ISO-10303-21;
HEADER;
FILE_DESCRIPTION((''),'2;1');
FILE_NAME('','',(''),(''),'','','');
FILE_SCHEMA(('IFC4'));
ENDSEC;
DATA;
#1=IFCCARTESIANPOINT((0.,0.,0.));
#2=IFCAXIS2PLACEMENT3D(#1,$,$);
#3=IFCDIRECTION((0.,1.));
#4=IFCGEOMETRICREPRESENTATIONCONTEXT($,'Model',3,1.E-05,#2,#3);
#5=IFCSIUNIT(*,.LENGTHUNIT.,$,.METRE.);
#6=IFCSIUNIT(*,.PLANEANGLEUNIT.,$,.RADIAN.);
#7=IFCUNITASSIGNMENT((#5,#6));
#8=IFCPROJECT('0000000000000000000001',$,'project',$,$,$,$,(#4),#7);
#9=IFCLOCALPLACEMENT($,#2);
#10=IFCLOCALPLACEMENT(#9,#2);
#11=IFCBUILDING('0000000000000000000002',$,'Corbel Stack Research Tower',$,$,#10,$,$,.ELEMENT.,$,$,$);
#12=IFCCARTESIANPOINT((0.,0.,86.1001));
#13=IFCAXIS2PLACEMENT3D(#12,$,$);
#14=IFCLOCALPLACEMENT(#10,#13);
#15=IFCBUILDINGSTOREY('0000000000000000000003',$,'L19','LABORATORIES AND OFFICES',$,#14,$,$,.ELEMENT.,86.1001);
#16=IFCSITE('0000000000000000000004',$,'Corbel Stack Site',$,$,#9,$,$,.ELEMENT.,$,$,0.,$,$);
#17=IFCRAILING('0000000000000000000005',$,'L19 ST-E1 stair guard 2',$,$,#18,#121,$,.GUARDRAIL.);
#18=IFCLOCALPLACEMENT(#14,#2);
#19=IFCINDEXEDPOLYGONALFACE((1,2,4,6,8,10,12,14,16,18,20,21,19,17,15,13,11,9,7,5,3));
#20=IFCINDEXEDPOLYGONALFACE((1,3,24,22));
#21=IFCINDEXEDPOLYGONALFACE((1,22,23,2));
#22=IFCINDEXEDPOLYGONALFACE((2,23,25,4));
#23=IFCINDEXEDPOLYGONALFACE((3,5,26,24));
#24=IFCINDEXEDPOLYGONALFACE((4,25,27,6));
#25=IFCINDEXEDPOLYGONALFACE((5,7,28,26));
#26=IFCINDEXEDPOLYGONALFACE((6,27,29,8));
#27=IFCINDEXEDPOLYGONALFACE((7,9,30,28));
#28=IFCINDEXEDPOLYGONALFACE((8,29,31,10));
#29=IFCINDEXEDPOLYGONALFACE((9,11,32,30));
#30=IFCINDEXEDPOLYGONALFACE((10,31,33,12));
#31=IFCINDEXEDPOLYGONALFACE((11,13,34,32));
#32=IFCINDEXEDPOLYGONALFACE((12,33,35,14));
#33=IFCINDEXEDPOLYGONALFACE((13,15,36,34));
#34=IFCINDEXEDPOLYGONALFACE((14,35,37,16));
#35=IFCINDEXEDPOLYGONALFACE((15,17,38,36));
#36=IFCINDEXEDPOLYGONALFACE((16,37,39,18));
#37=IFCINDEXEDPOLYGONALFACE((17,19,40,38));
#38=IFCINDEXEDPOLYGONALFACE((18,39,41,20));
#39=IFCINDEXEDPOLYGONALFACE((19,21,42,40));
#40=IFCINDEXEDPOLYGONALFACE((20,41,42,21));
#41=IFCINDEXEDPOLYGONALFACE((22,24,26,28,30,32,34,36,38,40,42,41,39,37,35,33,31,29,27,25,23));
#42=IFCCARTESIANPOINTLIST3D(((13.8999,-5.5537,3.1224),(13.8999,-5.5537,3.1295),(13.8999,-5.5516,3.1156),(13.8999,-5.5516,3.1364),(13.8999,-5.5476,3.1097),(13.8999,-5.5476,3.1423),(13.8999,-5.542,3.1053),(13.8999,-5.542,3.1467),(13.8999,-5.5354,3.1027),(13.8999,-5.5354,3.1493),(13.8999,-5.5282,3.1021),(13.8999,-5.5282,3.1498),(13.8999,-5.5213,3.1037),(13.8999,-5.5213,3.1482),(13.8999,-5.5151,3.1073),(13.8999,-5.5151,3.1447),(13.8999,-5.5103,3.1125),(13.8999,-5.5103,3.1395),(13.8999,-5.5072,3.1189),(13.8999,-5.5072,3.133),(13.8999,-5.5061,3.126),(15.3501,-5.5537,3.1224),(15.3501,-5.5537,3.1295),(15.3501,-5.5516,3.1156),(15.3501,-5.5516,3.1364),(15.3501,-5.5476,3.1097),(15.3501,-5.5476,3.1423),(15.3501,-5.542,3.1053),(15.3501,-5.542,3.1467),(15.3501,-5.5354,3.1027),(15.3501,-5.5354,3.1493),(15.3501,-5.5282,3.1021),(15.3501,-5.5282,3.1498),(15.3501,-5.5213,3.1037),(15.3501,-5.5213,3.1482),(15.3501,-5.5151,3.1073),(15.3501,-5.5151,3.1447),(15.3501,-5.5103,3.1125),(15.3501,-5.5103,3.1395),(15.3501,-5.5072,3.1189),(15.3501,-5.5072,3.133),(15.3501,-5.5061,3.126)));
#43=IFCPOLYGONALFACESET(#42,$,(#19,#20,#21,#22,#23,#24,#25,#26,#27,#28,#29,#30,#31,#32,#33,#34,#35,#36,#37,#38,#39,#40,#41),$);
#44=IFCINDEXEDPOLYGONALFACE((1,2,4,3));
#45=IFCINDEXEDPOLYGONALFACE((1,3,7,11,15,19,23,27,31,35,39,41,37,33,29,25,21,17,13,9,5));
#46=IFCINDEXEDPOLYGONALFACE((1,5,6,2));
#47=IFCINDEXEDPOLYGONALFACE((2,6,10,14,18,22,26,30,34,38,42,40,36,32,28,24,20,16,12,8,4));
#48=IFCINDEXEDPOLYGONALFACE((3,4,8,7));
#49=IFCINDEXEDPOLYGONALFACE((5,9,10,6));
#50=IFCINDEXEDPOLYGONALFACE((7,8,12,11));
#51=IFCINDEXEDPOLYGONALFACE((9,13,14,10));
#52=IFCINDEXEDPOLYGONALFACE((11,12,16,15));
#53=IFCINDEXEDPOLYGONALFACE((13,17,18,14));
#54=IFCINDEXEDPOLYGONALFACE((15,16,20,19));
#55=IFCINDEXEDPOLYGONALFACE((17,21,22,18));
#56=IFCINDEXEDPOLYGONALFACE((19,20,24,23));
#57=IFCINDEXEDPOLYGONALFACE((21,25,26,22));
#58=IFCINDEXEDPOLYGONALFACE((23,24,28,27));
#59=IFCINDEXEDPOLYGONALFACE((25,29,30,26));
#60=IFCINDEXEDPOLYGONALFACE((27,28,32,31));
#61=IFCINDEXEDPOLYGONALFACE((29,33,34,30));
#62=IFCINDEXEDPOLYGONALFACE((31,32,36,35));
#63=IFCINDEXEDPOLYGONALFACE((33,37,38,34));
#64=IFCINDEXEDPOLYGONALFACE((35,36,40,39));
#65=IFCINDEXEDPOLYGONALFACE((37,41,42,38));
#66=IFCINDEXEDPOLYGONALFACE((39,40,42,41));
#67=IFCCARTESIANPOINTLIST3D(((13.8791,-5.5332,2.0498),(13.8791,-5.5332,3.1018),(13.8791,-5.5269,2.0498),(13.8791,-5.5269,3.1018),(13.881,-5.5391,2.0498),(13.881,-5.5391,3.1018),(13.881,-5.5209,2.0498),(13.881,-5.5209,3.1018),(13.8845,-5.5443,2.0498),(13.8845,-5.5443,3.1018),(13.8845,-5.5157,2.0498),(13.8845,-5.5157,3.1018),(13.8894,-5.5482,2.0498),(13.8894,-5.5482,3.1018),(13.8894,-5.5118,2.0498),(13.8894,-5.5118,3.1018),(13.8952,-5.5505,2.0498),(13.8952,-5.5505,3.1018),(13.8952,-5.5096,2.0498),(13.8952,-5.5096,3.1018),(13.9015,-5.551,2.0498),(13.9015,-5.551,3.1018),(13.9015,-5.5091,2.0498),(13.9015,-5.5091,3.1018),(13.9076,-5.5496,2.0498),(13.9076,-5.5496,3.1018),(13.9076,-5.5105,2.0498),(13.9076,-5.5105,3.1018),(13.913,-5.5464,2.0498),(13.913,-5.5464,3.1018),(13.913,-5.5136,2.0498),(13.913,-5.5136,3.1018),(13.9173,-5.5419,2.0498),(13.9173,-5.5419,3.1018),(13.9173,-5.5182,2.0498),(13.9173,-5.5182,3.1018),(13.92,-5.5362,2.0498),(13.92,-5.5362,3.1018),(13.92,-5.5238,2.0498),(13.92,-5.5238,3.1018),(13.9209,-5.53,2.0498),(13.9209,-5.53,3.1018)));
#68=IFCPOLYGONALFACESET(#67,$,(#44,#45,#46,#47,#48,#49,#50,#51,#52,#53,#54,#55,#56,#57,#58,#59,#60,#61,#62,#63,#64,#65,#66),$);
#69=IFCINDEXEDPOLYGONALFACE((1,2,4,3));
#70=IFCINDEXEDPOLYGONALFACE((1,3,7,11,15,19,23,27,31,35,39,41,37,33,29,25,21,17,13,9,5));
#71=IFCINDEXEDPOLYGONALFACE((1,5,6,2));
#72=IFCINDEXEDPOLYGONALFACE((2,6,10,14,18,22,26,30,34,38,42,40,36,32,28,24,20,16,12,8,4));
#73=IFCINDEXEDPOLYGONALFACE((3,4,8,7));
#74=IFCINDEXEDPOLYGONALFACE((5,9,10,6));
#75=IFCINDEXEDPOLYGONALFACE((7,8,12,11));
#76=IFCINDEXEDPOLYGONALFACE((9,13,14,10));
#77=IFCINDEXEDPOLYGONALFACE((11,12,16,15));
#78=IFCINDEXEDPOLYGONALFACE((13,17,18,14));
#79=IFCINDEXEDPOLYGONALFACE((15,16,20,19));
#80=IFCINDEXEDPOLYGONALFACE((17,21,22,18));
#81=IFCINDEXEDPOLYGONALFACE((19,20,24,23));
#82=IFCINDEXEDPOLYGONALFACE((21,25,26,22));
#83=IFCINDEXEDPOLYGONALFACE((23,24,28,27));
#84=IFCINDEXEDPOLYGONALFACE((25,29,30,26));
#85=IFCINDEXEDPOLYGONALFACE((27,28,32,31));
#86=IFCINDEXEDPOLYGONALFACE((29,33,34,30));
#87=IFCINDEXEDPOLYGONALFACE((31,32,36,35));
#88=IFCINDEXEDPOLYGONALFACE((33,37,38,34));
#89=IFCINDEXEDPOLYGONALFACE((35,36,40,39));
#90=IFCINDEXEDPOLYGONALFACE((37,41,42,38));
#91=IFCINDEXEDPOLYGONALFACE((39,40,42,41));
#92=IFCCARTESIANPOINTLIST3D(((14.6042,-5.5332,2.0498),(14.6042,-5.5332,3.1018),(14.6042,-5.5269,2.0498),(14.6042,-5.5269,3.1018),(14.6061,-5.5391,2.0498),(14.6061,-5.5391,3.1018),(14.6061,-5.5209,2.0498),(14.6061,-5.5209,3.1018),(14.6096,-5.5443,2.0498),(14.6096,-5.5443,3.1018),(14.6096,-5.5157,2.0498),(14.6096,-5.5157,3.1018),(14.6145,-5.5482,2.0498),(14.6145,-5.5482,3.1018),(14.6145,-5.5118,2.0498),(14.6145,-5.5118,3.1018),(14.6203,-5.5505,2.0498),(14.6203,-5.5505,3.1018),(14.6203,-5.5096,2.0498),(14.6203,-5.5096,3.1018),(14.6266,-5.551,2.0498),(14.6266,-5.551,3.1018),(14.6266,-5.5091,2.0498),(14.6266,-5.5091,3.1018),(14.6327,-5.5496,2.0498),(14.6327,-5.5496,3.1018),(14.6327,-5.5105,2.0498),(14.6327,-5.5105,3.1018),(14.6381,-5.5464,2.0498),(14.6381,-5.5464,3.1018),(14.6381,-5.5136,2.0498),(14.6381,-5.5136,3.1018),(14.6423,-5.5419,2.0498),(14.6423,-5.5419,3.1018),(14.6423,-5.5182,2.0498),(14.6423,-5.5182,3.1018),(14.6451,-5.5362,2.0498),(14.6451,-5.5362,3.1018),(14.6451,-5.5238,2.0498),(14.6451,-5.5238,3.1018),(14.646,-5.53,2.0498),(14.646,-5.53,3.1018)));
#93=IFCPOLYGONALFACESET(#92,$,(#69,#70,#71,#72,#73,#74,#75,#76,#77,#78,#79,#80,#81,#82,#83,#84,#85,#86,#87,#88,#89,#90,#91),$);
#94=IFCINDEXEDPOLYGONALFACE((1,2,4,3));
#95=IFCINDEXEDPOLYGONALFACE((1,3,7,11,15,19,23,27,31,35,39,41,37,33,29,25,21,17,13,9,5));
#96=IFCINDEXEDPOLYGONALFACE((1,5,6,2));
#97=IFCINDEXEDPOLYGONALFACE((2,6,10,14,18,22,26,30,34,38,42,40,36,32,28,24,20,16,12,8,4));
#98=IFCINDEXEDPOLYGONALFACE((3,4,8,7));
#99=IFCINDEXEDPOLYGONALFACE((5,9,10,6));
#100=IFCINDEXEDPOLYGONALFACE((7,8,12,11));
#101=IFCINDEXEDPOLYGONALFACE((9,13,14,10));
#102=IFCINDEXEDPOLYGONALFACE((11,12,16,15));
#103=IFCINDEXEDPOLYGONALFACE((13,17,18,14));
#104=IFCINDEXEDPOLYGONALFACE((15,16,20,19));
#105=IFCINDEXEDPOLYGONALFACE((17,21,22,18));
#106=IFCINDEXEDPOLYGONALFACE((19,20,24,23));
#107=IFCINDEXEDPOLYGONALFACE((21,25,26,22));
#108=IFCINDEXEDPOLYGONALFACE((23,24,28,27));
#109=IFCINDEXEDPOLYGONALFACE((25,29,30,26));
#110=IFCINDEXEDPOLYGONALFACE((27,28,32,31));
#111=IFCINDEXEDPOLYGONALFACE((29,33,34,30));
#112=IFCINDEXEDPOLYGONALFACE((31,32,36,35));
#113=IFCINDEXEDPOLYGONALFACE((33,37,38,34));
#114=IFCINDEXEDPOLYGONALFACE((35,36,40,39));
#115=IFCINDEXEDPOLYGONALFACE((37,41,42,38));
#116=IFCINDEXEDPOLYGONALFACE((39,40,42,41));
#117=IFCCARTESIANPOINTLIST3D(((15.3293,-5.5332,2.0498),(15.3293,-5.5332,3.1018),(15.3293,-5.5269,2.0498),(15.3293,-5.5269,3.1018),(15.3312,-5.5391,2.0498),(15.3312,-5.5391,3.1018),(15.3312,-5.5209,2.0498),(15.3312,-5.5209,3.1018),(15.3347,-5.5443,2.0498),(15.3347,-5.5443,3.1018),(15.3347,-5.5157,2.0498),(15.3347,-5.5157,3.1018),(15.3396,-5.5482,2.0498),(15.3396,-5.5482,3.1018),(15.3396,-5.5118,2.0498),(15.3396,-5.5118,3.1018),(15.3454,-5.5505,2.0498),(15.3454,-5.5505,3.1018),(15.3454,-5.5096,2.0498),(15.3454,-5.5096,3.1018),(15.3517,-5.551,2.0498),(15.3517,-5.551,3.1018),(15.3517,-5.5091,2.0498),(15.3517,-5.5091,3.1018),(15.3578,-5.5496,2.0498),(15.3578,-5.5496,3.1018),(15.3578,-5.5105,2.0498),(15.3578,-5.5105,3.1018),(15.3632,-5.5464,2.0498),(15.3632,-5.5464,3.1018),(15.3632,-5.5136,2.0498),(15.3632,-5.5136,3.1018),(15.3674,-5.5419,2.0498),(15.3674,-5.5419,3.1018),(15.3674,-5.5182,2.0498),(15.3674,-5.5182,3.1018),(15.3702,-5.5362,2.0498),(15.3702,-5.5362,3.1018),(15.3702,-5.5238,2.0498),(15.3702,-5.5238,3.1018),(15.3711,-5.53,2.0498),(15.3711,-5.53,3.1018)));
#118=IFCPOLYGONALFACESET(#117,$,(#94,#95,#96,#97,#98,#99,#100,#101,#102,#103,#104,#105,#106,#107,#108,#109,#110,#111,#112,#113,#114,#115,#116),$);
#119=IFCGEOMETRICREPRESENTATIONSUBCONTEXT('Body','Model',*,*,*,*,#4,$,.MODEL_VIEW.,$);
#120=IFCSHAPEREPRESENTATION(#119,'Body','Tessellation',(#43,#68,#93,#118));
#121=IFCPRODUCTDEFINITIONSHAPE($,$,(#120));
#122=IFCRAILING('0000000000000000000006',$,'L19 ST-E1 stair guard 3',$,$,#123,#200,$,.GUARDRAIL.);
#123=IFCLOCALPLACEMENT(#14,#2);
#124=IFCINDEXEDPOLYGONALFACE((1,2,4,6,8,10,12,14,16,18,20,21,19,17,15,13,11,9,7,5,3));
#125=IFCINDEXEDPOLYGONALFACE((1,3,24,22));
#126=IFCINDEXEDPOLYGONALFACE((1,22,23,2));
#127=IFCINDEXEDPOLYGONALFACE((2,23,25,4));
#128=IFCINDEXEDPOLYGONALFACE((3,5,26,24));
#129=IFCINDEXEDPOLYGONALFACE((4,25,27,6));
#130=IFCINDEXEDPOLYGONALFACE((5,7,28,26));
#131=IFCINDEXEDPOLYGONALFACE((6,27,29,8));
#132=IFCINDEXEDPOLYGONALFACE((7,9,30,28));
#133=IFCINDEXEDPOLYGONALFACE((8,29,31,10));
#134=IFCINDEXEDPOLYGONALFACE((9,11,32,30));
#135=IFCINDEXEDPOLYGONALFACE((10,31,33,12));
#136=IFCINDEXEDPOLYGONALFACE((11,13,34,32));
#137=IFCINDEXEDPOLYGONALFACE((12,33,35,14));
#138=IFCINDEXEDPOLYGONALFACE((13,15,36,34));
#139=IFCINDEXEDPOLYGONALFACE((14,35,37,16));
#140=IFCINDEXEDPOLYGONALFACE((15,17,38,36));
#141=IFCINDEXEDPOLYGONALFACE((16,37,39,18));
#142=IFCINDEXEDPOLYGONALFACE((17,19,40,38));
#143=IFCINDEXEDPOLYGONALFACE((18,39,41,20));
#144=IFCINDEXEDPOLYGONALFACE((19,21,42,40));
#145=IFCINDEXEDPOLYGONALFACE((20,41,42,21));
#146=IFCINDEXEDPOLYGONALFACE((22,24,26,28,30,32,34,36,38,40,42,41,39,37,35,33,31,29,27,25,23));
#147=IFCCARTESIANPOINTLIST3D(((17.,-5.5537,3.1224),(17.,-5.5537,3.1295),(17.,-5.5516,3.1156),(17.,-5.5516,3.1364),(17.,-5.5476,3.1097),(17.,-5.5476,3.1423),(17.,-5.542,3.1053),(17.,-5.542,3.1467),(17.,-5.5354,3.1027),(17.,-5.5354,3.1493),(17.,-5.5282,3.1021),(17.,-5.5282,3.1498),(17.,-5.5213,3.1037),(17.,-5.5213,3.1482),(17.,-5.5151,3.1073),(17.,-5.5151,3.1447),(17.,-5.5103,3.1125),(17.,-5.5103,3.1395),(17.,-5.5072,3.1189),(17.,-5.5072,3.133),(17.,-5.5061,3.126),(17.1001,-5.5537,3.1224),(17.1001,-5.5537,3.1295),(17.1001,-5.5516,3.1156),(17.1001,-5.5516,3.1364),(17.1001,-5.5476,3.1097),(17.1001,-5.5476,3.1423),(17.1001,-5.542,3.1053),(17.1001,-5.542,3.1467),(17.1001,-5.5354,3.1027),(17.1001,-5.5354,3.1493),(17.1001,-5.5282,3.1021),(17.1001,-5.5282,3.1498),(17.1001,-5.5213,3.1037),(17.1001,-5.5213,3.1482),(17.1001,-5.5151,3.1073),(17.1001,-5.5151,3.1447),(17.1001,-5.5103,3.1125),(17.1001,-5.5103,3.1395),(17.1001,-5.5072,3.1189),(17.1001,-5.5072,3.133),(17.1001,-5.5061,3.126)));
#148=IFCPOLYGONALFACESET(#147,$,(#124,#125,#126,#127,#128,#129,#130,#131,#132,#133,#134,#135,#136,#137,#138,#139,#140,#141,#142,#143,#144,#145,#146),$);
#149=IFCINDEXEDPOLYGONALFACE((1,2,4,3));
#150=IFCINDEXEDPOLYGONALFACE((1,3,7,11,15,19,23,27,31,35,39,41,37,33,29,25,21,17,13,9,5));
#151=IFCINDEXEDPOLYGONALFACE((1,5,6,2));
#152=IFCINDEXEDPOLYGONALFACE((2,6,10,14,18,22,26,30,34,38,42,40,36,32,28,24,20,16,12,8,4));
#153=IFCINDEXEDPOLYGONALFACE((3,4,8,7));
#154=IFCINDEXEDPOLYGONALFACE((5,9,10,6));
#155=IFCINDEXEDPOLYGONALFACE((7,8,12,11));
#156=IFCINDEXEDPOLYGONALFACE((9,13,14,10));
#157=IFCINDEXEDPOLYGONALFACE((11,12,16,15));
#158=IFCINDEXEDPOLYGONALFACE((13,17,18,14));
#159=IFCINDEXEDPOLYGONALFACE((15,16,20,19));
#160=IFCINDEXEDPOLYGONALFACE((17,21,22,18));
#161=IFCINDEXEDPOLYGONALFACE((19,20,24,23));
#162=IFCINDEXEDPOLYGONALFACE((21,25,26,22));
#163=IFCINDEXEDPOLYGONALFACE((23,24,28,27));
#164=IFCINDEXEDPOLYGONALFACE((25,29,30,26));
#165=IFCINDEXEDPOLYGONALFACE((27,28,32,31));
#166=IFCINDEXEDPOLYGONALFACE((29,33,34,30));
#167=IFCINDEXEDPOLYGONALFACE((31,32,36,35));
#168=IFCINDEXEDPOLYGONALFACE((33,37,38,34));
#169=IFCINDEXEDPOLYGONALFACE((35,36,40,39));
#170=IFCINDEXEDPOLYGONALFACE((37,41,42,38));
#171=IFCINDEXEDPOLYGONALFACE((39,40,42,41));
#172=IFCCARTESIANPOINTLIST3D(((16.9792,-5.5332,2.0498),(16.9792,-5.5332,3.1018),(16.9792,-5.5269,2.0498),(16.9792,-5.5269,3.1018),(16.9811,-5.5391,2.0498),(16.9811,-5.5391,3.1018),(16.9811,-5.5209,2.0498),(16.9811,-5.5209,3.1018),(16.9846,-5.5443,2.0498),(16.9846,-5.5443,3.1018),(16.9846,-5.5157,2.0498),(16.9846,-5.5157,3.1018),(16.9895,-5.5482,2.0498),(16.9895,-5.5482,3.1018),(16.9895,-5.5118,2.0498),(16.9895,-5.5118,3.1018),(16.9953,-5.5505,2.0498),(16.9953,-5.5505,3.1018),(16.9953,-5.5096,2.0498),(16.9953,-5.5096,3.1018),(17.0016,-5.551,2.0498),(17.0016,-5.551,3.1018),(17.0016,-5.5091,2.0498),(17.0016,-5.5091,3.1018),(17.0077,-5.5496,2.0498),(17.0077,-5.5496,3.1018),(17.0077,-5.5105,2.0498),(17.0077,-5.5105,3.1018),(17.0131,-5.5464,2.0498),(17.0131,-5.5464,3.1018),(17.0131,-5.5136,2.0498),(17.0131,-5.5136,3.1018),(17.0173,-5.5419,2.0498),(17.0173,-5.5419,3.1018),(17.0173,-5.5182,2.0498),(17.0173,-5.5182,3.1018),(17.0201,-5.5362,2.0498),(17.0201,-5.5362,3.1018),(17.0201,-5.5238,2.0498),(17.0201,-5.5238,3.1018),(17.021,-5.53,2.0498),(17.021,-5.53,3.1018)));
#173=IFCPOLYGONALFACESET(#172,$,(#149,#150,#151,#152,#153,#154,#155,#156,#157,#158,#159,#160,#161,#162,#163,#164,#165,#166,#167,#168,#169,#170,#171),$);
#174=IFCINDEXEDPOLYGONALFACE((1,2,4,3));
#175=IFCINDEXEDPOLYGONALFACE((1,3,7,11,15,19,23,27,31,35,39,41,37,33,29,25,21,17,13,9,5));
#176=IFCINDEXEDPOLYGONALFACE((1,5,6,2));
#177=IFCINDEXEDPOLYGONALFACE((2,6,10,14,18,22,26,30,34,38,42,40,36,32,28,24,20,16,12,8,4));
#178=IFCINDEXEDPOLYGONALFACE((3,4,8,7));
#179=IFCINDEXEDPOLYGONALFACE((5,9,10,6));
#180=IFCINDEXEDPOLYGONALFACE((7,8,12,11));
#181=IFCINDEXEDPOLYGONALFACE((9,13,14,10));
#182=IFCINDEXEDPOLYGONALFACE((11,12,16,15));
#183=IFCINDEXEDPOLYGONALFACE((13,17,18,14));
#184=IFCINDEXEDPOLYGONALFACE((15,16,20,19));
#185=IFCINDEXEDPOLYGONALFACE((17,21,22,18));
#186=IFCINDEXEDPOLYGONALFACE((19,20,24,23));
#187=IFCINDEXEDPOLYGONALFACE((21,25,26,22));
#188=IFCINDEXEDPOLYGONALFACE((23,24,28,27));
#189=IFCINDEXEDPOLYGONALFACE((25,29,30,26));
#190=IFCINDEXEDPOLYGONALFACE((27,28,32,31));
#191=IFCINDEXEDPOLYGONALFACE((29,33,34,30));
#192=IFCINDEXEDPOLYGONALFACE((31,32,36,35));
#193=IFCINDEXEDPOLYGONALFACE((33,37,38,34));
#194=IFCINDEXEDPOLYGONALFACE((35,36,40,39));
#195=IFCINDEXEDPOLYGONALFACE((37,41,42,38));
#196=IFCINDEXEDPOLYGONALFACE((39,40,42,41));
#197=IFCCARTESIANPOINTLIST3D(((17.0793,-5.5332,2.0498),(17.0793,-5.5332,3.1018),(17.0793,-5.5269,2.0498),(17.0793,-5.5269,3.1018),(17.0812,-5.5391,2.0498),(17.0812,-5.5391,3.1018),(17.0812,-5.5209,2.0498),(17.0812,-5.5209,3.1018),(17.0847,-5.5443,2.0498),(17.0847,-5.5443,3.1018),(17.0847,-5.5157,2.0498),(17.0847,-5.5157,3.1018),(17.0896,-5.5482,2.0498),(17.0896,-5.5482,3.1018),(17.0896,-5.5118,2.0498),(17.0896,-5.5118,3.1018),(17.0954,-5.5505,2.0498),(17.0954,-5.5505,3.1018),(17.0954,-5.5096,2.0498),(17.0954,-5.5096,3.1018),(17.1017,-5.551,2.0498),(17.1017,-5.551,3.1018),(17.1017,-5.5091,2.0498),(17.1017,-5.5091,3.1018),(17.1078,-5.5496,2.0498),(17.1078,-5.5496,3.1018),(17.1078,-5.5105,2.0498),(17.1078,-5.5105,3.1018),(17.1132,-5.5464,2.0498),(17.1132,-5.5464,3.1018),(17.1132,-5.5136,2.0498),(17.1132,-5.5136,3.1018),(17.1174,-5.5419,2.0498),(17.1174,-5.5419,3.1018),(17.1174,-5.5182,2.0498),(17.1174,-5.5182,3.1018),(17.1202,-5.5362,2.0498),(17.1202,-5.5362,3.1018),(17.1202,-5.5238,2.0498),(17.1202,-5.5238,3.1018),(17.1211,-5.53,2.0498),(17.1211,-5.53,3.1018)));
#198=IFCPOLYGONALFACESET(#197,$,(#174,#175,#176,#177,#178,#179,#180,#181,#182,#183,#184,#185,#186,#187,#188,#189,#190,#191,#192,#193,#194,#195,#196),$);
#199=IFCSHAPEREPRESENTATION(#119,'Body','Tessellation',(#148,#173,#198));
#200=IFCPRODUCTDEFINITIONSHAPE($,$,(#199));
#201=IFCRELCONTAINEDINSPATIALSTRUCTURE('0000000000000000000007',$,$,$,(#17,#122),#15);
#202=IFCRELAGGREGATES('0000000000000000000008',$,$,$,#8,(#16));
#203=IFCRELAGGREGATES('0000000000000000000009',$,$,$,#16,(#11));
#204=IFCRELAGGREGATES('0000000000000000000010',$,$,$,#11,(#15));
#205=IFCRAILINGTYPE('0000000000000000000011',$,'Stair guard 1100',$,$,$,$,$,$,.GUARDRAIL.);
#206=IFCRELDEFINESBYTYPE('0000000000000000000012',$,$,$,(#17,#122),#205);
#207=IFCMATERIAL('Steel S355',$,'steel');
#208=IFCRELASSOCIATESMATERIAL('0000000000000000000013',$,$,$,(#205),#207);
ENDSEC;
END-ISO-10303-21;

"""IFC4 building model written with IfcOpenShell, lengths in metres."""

from ifc_helpers import new_model, si_unit, direction, frame, origin, origin_2d, place, context, subcontext, project, spatial, circle, extrude, material, type_object, element, save


model = new_model("IFC4")

# Units and contexts
model_context = context("Model", 3, precision=1e-05, world=origin(), true_north=direction((0.0, 1.0)))
body_context = subcontext(model_context, "Body", "Model", "MODEL_VIEW")
ifc_project = project(units=[si_unit("LENGTHUNIT", "METRE"), si_unit("PLANEANGLEUNIT", "RADIAN")], contexts=[model_context])

# Site, building, storey
site_placement = place(None, origin())
site = spatial("IfcSite", under=ifc_project, at=site_placement, Name="Corbel Stack Site", CompositionType="ELEMENT", RefElevation=0.0)
building_placement = place(site_placement, origin())
building = spatial("IfcBuilding", under=site, at=building_placement, Name="Corbel Stack Research Tower", CompositionType="ELEMENT")
storey_placement = place(building_placement, frame((0.0, 0.0, 86.1001)))
storey = spatial("IfcBuildingStorey", under=building, at=storey_placement, Name="L19", Description="LABORATORIES AND OFFICES", CompositionType="ELEMENT", Elevation=86.1001)

# Railings
ifc_material_1 = material(Name="Steel S355", Category="steel")
railing_type_1 = type_object("IfcRailingType", Name="Stair guard 1100", PredefinedType="GUARDRAIL", material=ifc_material_1)
railing_1_placement = place(storey_placement, frame((13.8999, -5.53, 2.0498)))
element("IfcRailing", 1, at=railing_1_placement, inside=storey, type_object=railing_type_1, Name="L19 ST-E1 stair guard 2", PredefinedType="GUARDRAIL", context=body_context, shape_type="SweptSolid", body=[
    extrude(circle(Radius=0.0239, at=origin_2d()), frame((0.0, 0.0, 1.0762), z_axis=(1.0, 0.0, 0.0), x_axis=(0.0, 1.0, 0.0)), (0.0, 0.0, 1.0), 1.4502),
    extrude(circle(Radius=0.021, at=origin_2d()), origin(), (0.0, 0.0, 1.0), 1.052),
    extrude(circle(Radius=0.021, at=origin_2d()), frame((0.7251, 0.0, 0.0)), (0.0, 0.0, 1.0), 1.052),
    extrude(circle(Radius=0.021, at=origin_2d()), frame((1.4502, 0.0, 0.0)), (0.0, 0.0, 1.0), 1.052),
])
railing_2_placement = place(storey_placement, frame((17.0, -5.53, 2.0498)))
element("IfcRailing", 2, at=railing_2_placement, inside=storey, type_object=railing_type_1, Name="L19 ST-E1 stair guard 3", PredefinedType="GUARDRAIL", context=body_context, shape_type="SweptSolid", body=[
    extrude(circle(Radius=0.0239, at=origin_2d()), frame((0.0, 0.0, 1.0762), z_axis=(1.0, 0.0, 0.0), x_axis=(0.0, 1.0, 0.0)), (0.0, 0.0, 1.0), 0.1001),
    extrude(circle(Radius=0.021, at=origin_2d()), origin(), (0.0, 0.0, 1.0), 1.052),
    extrude(circle(Radius=0.021, at=origin_2d()), frame((0.1001, 0.0, 0.0)), (0.0, 0.0, 1.0), 1.052),
])

save(model, "model.ifc")
